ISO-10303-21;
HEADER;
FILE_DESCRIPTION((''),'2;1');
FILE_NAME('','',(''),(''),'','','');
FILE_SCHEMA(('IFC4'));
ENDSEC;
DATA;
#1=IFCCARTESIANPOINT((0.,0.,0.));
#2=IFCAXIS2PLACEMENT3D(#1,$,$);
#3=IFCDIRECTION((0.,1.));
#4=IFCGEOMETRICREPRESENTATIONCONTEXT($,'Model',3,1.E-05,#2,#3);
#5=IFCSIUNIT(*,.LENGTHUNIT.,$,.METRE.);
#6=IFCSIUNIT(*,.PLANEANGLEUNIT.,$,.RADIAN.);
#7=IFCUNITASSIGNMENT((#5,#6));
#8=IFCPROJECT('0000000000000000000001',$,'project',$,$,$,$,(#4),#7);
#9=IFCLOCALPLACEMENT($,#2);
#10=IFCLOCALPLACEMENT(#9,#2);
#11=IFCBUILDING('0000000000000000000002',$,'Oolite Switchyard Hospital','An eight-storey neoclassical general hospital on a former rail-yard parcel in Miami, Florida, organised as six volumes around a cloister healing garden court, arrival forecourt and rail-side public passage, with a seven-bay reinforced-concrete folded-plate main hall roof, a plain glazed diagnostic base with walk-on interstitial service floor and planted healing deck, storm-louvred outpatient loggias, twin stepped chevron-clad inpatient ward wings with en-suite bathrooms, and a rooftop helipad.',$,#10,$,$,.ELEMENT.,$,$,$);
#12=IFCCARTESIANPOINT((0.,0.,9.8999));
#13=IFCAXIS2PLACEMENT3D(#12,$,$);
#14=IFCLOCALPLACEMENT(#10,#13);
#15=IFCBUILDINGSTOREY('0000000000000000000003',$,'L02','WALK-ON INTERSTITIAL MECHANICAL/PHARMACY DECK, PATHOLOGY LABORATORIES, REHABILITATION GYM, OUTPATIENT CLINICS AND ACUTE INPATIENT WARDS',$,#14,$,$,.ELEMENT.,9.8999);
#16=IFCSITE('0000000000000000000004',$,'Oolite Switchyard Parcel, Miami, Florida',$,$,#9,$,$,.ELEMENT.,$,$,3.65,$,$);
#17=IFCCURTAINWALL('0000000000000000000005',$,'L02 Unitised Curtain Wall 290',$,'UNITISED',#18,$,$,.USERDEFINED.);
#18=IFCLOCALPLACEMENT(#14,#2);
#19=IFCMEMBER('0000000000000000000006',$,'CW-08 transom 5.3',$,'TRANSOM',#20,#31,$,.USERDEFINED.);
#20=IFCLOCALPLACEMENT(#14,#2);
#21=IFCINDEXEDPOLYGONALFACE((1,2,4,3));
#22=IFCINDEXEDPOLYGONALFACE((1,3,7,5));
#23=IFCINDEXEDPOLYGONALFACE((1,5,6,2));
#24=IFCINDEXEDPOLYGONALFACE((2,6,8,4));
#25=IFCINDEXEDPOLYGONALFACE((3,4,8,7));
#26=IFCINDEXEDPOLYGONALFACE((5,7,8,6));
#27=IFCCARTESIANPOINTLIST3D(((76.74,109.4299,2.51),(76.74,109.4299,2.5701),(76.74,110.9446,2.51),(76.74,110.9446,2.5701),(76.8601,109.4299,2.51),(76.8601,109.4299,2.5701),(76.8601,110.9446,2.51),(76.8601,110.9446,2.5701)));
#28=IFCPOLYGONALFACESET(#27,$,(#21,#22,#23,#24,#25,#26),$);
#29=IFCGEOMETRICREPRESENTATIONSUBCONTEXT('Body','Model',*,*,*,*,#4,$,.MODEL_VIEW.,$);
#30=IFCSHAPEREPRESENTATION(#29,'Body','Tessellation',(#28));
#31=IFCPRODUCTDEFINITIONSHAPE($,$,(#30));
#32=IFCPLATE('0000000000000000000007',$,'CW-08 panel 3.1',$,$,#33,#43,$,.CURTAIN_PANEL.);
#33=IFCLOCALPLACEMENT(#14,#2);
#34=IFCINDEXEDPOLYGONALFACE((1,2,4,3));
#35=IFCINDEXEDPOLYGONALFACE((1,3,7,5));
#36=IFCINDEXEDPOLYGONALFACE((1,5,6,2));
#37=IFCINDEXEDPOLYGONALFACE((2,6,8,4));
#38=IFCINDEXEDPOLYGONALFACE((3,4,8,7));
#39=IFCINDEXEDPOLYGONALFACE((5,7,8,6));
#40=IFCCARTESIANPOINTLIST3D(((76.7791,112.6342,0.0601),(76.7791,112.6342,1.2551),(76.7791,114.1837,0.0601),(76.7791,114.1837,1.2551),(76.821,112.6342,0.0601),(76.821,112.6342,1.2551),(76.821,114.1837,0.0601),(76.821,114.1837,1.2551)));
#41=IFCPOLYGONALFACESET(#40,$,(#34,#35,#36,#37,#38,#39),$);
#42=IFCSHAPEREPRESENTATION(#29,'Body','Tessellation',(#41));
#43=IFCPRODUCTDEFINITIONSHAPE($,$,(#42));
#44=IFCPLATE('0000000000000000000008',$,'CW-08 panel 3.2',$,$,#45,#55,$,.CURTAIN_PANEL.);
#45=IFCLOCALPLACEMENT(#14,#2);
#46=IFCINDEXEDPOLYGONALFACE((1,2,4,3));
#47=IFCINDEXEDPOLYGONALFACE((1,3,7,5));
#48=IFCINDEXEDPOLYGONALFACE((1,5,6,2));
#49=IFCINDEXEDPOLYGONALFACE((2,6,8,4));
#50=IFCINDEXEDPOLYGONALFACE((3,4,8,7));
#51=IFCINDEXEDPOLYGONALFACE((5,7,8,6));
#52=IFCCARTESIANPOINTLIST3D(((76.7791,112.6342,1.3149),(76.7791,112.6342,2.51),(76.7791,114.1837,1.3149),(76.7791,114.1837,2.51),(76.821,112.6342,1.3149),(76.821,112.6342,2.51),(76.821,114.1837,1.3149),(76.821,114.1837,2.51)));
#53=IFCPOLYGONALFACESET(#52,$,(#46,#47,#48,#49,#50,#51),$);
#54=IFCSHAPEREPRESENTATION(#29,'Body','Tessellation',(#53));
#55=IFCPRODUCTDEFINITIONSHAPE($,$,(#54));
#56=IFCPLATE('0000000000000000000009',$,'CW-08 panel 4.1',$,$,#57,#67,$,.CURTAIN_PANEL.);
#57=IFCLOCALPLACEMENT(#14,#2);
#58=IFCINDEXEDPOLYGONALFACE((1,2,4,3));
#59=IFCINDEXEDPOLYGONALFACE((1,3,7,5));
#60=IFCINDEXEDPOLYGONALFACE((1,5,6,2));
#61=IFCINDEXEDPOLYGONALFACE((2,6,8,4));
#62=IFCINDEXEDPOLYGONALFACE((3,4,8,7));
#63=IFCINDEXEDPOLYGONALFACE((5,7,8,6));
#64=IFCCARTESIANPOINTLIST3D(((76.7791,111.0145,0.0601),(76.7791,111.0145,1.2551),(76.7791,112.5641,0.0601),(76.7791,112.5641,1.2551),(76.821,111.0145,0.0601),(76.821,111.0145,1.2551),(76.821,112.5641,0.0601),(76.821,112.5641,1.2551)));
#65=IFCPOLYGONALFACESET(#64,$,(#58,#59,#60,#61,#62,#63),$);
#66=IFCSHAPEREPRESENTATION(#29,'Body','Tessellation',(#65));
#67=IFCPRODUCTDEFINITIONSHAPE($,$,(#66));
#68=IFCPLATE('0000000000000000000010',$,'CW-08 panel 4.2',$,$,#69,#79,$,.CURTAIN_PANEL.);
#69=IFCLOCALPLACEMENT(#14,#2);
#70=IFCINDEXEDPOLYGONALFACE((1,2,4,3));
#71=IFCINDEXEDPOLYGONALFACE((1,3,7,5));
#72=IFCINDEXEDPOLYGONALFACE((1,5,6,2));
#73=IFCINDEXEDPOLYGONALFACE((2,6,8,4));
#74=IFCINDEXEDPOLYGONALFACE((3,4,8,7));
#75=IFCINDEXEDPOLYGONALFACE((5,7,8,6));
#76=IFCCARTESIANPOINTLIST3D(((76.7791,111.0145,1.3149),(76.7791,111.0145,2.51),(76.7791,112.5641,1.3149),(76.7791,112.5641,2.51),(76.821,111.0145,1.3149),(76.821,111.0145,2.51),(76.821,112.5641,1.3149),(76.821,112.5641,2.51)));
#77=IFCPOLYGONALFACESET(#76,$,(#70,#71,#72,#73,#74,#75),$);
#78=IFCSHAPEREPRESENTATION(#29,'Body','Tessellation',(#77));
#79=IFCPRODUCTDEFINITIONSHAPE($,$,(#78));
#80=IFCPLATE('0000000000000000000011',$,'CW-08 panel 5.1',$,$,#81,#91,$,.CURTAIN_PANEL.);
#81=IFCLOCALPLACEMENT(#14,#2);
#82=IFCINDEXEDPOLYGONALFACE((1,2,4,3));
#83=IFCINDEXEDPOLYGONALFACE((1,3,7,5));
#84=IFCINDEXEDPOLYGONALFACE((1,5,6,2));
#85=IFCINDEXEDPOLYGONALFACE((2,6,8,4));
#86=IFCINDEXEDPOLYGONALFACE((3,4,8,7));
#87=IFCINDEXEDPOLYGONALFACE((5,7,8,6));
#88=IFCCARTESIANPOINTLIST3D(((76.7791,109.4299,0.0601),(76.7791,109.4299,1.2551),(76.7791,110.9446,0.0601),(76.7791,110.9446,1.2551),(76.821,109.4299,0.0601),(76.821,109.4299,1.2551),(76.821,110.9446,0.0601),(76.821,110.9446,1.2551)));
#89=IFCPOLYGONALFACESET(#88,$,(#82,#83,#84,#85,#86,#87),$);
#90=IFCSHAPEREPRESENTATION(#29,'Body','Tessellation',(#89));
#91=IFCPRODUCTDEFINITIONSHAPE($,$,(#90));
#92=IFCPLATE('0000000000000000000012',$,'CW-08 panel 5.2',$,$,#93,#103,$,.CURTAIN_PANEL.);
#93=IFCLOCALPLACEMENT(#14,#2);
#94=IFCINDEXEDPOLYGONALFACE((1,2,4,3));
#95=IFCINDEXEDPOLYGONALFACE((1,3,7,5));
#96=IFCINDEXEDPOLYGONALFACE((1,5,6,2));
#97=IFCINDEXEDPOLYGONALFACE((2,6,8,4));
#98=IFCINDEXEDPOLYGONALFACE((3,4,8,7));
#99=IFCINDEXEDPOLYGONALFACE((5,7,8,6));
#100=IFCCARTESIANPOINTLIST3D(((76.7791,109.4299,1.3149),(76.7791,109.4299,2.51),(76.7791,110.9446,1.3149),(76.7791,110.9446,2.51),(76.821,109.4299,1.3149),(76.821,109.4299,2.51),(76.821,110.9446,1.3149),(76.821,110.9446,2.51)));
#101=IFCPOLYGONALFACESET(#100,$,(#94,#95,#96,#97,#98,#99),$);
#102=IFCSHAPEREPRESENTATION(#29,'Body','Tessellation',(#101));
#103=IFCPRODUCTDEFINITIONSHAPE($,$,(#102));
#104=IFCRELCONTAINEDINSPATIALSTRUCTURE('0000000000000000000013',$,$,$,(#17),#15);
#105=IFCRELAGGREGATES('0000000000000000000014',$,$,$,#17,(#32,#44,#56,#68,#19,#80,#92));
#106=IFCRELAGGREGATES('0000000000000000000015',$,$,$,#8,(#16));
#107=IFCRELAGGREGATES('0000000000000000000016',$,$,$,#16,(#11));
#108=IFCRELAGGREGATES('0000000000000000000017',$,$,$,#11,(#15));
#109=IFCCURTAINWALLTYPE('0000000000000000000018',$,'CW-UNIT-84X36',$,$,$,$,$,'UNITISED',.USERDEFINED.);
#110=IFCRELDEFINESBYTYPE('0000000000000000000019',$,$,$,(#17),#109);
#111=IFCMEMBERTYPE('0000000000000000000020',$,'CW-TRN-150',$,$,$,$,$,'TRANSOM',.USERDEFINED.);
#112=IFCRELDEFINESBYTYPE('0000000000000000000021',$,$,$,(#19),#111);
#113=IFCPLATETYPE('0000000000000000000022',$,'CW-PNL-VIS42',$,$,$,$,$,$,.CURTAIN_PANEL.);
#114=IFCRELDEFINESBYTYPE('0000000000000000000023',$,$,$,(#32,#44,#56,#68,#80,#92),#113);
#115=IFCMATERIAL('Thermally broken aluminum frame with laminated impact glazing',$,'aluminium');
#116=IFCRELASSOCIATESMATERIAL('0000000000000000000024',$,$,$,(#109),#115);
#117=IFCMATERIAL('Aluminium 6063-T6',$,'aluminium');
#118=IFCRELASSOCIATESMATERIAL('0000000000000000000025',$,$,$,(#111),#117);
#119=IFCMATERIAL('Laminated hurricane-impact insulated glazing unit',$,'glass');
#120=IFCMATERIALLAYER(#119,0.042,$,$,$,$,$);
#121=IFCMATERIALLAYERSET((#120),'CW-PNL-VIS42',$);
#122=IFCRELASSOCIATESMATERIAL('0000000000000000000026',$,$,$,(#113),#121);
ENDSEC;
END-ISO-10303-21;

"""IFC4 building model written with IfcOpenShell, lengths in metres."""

from ifc_helpers import new_model, si_unit, direction, frame, origin, origin_2d, place, context, subcontext, project, spatial, rectangle, extrude, material, layer, layer_set, material_profile, profile_set, type_object, element, aggregate, save


model = new_model("IFC4")

# Units and contexts
model_context = context("Model", 3, precision=1e-05, world=origin(), true_north=direction((0.0, 1.0)))
body_context = subcontext(model_context, "Body", "Model", "MODEL_VIEW")
ifc_project = project(units=[si_unit("LENGTHUNIT", "METRE"), si_unit("PLANEANGLEUNIT", "RADIAN")], contexts=[model_context])

# Site, building, storey
site_placement = place(None, origin())
site = spatial("IfcSite", under=ifc_project, at=site_placement, Name="Oolite Switchyard Parcel, Miami, Florida", CompositionType="ELEMENT", RefElevation=3.65)
building_placement = place(site_placement, origin())
building = spatial("IfcBuilding", under=site, at=building_placement, Name="Oolite Switchyard Hospital", Description="An eight-storey neoclassical general hospital on a former rail-yard parcel in Miami, Florida, organised as six volumes around a cloister healing garden court, arrival forecourt and rail-side public passage, with a seven-bay reinforced-concrete folded-plate main hall roof, a plain glazed diagnostic base with walk-on interstitial service floor and planted healing deck, storm-louvred outpatient loggias, twin stepped chevron-clad inpatient ward wings with en-suite bathrooms, and a rooftop helipad.", CompositionType="ELEMENT")
storey_placement = place(building_placement, frame((0.0, 0.0, 9.8999)))
storey = spatial("IfcBuildingStorey", under=building, at=storey_placement, Name="L02", Description="WALK-ON INTERSTITIAL MECHANICAL/PHARMACY DECK, PATHOLOGY LABORATORIES, REHABILITATION GYM, OUTPATIENT CLINICS AND ACUTE INPATIENT WARDS", CompositionType="ELEMENT", Elevation=9.8999)

# Curtain wall, member, plates
ifc_material_1 = material(Name="Thermally broken aluminum frame with laminated impact glazing", Category="aluminium")
curtain_wall_type = type_object("IfcCurtainWallType", Name="CW-UNIT-84X36", ElementType="UNITISED", PredefinedType="USERDEFINED", material=ifc_material_1)
curtain_wall_placement = place(storey_placement, origin())
curtain_wall = element("IfcCurtainWall", 1, at=curtain_wall_placement, inside=storey, type_object=curtain_wall_type, Name="L02 Unitised Curtain Wall 290", ObjectType="UNITISED", PredefinedType="USERDEFINED")
ifc_material_2 = material(Name="Aluminium 6063-T6", Category="aluminium")
ifc_material_profile_1 = material_profile(ifc_material_2, rectangle(XDim=0.1201, YDim=0.0601, at=origin_2d()), Name="CWT60X120")
ifc_profile_set_1 = profile_set([ifc_material_profile_1], Name="Aluminium 6063-T6")
member_type_1 = type_object("IfcMemberType", Name="CW-TRN-150", ElementType="TRANSOM", PredefinedType="USERDEFINED", material=ifc_profile_set_1)
member_1_placement = place(storey_placement, frame((76.8, 110.9446, 2.54), z_axis=(0.0, -1.0, 0.0), x_axis=(1.0, 0.0, 0.0)))
member_1 = element("IfcMember", 2, at=member_1_placement, type_object=member_type_1, Name="CW-08 transom 5.3", ObjectType="TRANSOM", PredefinedType="USERDEFINED", context=body_context, shape_type="SweptSolid", body=[
    extrude(rectangle(XDim=0.1201, YDim=0.0601, at=origin_2d()), origin(), (0.0, 0.0, 1.0), 1.5146),
])
ifc_material_3 = material(Name="Laminated hurricane-impact insulated glazing unit", Category="glass")
ifc_layer = layer(ifc_material_3, 0.042)
ifc_layer_set = layer_set([ifc_layer], Name="CW-PNL-VIS42")
plate_type = type_object("IfcPlateType", Name="CW-PNL-VIS42", PredefinedType="CURTAIN_PANEL", material=ifc_layer_set)
plate_1_placement = place(storey_placement, frame((76.8, 113.4089, 0.0601), z_axis=(0.0, 0.0, 1.0), x_axis=(0.0, -1.0, 0.0)))
plate_1 = element("IfcPlate", 3, at=plate_1_placement, type_object=plate_type, Name="CW-08 panel 3.1", PredefinedType="CURTAIN_PANEL", context=body_context, shape_type="SweptSolid", body=[
    extrude(rectangle(XDim=1.5496, YDim=0.042, at=origin_2d()), origin(), (0.0, 0.0, 1.0), 1.1951),
])
plate_2_placement = place(storey_placement, frame((76.8, 113.4089, 1.3149), z_axis=(0.0, 0.0, 1.0), x_axis=(0.0, -1.0, 0.0)))
plate_2 = element("IfcPlate", 4, at=plate_2_placement, type_object=plate_type, Name="CW-08 panel 3.2", PredefinedType="CURTAIN_PANEL", context=body_context, shape_type="SweptSolid", body=[
    extrude(rectangle(XDim=1.5496, YDim=0.042, at=origin_2d()), origin(), (0.0, 0.0, 1.0), 1.1951),
])
plate_3_placement = place(storey_placement, frame((76.8, 111.7893, 0.0601), z_axis=(0.0, 0.0, 1.0), x_axis=(0.0, -1.0, 0.0)))
plate_3 = element("IfcPlate", 5, at=plate_3_placement, type_object=plate_type, Name="CW-08 panel 4.1", PredefinedType="CURTAIN_PANEL", context=body_context, shape_type="SweptSolid", body=[
    extrude(rectangle(XDim=1.5496, YDim=0.042, at=origin_2d()), origin(), (0.0, 0.0, 1.0), 1.1951),
])
plate_4_placement = place(storey_placement, frame((76.8, 111.7893, 1.3149), z_axis=(0.0, 0.0, 1.0), x_axis=(0.0, -1.0, 0.0)))
plate_4 = element("IfcPlate", 6, at=plate_4_placement, type_object=plate_type, Name="CW-08 panel 4.2", PredefinedType="CURTAIN_PANEL", context=body_context, shape_type="SweptSolid", body=[
    extrude(rectangle(XDim=1.5496, YDim=0.042, at=origin_2d()), origin(), (0.0, 0.0, 1.0), 1.1951),
])
plate_5_placement = place(storey_placement, frame((76.8, 110.1873, 0.0601), z_axis=(0.0, 0.0, 1.0), x_axis=(0.0, -1.0, 0.0)))
plate_5 = element("IfcPlate", 7, at=plate_5_placement, type_object=plate_type, Name="CW-08 panel 5.1", PredefinedType="CURTAIN_PANEL", context=body_context, shape_type="SweptSolid", body=[
    extrude(rectangle(XDim=1.5146, YDim=0.042, at=origin_2d()), origin(), (0.0, 0.0, 1.0), 1.1951),
])
plate_6_placement = place(storey_placement, frame((76.8, 110.1873, 1.3149), z_axis=(0.0, 0.0, 1.0), x_axis=(0.0, -1.0, 0.0)))
plate_6 = element("IfcPlate", 8, at=plate_6_placement, type_object=plate_type, Name="CW-08 panel 5.2", PredefinedType="CURTAIN_PANEL", context=body_context, shape_type="SweptSolid", body=[
    extrude(rectangle(XDim=1.5146, YDim=0.042, at=origin_2d()), origin(), (0.0, 0.0, 1.0), 1.1951),
])
aggregate(curtain_wall, [plate_1, plate_2, plate_3, plate_4, member_1, plate_5, plate_6])

save(model, "model.ifc")
